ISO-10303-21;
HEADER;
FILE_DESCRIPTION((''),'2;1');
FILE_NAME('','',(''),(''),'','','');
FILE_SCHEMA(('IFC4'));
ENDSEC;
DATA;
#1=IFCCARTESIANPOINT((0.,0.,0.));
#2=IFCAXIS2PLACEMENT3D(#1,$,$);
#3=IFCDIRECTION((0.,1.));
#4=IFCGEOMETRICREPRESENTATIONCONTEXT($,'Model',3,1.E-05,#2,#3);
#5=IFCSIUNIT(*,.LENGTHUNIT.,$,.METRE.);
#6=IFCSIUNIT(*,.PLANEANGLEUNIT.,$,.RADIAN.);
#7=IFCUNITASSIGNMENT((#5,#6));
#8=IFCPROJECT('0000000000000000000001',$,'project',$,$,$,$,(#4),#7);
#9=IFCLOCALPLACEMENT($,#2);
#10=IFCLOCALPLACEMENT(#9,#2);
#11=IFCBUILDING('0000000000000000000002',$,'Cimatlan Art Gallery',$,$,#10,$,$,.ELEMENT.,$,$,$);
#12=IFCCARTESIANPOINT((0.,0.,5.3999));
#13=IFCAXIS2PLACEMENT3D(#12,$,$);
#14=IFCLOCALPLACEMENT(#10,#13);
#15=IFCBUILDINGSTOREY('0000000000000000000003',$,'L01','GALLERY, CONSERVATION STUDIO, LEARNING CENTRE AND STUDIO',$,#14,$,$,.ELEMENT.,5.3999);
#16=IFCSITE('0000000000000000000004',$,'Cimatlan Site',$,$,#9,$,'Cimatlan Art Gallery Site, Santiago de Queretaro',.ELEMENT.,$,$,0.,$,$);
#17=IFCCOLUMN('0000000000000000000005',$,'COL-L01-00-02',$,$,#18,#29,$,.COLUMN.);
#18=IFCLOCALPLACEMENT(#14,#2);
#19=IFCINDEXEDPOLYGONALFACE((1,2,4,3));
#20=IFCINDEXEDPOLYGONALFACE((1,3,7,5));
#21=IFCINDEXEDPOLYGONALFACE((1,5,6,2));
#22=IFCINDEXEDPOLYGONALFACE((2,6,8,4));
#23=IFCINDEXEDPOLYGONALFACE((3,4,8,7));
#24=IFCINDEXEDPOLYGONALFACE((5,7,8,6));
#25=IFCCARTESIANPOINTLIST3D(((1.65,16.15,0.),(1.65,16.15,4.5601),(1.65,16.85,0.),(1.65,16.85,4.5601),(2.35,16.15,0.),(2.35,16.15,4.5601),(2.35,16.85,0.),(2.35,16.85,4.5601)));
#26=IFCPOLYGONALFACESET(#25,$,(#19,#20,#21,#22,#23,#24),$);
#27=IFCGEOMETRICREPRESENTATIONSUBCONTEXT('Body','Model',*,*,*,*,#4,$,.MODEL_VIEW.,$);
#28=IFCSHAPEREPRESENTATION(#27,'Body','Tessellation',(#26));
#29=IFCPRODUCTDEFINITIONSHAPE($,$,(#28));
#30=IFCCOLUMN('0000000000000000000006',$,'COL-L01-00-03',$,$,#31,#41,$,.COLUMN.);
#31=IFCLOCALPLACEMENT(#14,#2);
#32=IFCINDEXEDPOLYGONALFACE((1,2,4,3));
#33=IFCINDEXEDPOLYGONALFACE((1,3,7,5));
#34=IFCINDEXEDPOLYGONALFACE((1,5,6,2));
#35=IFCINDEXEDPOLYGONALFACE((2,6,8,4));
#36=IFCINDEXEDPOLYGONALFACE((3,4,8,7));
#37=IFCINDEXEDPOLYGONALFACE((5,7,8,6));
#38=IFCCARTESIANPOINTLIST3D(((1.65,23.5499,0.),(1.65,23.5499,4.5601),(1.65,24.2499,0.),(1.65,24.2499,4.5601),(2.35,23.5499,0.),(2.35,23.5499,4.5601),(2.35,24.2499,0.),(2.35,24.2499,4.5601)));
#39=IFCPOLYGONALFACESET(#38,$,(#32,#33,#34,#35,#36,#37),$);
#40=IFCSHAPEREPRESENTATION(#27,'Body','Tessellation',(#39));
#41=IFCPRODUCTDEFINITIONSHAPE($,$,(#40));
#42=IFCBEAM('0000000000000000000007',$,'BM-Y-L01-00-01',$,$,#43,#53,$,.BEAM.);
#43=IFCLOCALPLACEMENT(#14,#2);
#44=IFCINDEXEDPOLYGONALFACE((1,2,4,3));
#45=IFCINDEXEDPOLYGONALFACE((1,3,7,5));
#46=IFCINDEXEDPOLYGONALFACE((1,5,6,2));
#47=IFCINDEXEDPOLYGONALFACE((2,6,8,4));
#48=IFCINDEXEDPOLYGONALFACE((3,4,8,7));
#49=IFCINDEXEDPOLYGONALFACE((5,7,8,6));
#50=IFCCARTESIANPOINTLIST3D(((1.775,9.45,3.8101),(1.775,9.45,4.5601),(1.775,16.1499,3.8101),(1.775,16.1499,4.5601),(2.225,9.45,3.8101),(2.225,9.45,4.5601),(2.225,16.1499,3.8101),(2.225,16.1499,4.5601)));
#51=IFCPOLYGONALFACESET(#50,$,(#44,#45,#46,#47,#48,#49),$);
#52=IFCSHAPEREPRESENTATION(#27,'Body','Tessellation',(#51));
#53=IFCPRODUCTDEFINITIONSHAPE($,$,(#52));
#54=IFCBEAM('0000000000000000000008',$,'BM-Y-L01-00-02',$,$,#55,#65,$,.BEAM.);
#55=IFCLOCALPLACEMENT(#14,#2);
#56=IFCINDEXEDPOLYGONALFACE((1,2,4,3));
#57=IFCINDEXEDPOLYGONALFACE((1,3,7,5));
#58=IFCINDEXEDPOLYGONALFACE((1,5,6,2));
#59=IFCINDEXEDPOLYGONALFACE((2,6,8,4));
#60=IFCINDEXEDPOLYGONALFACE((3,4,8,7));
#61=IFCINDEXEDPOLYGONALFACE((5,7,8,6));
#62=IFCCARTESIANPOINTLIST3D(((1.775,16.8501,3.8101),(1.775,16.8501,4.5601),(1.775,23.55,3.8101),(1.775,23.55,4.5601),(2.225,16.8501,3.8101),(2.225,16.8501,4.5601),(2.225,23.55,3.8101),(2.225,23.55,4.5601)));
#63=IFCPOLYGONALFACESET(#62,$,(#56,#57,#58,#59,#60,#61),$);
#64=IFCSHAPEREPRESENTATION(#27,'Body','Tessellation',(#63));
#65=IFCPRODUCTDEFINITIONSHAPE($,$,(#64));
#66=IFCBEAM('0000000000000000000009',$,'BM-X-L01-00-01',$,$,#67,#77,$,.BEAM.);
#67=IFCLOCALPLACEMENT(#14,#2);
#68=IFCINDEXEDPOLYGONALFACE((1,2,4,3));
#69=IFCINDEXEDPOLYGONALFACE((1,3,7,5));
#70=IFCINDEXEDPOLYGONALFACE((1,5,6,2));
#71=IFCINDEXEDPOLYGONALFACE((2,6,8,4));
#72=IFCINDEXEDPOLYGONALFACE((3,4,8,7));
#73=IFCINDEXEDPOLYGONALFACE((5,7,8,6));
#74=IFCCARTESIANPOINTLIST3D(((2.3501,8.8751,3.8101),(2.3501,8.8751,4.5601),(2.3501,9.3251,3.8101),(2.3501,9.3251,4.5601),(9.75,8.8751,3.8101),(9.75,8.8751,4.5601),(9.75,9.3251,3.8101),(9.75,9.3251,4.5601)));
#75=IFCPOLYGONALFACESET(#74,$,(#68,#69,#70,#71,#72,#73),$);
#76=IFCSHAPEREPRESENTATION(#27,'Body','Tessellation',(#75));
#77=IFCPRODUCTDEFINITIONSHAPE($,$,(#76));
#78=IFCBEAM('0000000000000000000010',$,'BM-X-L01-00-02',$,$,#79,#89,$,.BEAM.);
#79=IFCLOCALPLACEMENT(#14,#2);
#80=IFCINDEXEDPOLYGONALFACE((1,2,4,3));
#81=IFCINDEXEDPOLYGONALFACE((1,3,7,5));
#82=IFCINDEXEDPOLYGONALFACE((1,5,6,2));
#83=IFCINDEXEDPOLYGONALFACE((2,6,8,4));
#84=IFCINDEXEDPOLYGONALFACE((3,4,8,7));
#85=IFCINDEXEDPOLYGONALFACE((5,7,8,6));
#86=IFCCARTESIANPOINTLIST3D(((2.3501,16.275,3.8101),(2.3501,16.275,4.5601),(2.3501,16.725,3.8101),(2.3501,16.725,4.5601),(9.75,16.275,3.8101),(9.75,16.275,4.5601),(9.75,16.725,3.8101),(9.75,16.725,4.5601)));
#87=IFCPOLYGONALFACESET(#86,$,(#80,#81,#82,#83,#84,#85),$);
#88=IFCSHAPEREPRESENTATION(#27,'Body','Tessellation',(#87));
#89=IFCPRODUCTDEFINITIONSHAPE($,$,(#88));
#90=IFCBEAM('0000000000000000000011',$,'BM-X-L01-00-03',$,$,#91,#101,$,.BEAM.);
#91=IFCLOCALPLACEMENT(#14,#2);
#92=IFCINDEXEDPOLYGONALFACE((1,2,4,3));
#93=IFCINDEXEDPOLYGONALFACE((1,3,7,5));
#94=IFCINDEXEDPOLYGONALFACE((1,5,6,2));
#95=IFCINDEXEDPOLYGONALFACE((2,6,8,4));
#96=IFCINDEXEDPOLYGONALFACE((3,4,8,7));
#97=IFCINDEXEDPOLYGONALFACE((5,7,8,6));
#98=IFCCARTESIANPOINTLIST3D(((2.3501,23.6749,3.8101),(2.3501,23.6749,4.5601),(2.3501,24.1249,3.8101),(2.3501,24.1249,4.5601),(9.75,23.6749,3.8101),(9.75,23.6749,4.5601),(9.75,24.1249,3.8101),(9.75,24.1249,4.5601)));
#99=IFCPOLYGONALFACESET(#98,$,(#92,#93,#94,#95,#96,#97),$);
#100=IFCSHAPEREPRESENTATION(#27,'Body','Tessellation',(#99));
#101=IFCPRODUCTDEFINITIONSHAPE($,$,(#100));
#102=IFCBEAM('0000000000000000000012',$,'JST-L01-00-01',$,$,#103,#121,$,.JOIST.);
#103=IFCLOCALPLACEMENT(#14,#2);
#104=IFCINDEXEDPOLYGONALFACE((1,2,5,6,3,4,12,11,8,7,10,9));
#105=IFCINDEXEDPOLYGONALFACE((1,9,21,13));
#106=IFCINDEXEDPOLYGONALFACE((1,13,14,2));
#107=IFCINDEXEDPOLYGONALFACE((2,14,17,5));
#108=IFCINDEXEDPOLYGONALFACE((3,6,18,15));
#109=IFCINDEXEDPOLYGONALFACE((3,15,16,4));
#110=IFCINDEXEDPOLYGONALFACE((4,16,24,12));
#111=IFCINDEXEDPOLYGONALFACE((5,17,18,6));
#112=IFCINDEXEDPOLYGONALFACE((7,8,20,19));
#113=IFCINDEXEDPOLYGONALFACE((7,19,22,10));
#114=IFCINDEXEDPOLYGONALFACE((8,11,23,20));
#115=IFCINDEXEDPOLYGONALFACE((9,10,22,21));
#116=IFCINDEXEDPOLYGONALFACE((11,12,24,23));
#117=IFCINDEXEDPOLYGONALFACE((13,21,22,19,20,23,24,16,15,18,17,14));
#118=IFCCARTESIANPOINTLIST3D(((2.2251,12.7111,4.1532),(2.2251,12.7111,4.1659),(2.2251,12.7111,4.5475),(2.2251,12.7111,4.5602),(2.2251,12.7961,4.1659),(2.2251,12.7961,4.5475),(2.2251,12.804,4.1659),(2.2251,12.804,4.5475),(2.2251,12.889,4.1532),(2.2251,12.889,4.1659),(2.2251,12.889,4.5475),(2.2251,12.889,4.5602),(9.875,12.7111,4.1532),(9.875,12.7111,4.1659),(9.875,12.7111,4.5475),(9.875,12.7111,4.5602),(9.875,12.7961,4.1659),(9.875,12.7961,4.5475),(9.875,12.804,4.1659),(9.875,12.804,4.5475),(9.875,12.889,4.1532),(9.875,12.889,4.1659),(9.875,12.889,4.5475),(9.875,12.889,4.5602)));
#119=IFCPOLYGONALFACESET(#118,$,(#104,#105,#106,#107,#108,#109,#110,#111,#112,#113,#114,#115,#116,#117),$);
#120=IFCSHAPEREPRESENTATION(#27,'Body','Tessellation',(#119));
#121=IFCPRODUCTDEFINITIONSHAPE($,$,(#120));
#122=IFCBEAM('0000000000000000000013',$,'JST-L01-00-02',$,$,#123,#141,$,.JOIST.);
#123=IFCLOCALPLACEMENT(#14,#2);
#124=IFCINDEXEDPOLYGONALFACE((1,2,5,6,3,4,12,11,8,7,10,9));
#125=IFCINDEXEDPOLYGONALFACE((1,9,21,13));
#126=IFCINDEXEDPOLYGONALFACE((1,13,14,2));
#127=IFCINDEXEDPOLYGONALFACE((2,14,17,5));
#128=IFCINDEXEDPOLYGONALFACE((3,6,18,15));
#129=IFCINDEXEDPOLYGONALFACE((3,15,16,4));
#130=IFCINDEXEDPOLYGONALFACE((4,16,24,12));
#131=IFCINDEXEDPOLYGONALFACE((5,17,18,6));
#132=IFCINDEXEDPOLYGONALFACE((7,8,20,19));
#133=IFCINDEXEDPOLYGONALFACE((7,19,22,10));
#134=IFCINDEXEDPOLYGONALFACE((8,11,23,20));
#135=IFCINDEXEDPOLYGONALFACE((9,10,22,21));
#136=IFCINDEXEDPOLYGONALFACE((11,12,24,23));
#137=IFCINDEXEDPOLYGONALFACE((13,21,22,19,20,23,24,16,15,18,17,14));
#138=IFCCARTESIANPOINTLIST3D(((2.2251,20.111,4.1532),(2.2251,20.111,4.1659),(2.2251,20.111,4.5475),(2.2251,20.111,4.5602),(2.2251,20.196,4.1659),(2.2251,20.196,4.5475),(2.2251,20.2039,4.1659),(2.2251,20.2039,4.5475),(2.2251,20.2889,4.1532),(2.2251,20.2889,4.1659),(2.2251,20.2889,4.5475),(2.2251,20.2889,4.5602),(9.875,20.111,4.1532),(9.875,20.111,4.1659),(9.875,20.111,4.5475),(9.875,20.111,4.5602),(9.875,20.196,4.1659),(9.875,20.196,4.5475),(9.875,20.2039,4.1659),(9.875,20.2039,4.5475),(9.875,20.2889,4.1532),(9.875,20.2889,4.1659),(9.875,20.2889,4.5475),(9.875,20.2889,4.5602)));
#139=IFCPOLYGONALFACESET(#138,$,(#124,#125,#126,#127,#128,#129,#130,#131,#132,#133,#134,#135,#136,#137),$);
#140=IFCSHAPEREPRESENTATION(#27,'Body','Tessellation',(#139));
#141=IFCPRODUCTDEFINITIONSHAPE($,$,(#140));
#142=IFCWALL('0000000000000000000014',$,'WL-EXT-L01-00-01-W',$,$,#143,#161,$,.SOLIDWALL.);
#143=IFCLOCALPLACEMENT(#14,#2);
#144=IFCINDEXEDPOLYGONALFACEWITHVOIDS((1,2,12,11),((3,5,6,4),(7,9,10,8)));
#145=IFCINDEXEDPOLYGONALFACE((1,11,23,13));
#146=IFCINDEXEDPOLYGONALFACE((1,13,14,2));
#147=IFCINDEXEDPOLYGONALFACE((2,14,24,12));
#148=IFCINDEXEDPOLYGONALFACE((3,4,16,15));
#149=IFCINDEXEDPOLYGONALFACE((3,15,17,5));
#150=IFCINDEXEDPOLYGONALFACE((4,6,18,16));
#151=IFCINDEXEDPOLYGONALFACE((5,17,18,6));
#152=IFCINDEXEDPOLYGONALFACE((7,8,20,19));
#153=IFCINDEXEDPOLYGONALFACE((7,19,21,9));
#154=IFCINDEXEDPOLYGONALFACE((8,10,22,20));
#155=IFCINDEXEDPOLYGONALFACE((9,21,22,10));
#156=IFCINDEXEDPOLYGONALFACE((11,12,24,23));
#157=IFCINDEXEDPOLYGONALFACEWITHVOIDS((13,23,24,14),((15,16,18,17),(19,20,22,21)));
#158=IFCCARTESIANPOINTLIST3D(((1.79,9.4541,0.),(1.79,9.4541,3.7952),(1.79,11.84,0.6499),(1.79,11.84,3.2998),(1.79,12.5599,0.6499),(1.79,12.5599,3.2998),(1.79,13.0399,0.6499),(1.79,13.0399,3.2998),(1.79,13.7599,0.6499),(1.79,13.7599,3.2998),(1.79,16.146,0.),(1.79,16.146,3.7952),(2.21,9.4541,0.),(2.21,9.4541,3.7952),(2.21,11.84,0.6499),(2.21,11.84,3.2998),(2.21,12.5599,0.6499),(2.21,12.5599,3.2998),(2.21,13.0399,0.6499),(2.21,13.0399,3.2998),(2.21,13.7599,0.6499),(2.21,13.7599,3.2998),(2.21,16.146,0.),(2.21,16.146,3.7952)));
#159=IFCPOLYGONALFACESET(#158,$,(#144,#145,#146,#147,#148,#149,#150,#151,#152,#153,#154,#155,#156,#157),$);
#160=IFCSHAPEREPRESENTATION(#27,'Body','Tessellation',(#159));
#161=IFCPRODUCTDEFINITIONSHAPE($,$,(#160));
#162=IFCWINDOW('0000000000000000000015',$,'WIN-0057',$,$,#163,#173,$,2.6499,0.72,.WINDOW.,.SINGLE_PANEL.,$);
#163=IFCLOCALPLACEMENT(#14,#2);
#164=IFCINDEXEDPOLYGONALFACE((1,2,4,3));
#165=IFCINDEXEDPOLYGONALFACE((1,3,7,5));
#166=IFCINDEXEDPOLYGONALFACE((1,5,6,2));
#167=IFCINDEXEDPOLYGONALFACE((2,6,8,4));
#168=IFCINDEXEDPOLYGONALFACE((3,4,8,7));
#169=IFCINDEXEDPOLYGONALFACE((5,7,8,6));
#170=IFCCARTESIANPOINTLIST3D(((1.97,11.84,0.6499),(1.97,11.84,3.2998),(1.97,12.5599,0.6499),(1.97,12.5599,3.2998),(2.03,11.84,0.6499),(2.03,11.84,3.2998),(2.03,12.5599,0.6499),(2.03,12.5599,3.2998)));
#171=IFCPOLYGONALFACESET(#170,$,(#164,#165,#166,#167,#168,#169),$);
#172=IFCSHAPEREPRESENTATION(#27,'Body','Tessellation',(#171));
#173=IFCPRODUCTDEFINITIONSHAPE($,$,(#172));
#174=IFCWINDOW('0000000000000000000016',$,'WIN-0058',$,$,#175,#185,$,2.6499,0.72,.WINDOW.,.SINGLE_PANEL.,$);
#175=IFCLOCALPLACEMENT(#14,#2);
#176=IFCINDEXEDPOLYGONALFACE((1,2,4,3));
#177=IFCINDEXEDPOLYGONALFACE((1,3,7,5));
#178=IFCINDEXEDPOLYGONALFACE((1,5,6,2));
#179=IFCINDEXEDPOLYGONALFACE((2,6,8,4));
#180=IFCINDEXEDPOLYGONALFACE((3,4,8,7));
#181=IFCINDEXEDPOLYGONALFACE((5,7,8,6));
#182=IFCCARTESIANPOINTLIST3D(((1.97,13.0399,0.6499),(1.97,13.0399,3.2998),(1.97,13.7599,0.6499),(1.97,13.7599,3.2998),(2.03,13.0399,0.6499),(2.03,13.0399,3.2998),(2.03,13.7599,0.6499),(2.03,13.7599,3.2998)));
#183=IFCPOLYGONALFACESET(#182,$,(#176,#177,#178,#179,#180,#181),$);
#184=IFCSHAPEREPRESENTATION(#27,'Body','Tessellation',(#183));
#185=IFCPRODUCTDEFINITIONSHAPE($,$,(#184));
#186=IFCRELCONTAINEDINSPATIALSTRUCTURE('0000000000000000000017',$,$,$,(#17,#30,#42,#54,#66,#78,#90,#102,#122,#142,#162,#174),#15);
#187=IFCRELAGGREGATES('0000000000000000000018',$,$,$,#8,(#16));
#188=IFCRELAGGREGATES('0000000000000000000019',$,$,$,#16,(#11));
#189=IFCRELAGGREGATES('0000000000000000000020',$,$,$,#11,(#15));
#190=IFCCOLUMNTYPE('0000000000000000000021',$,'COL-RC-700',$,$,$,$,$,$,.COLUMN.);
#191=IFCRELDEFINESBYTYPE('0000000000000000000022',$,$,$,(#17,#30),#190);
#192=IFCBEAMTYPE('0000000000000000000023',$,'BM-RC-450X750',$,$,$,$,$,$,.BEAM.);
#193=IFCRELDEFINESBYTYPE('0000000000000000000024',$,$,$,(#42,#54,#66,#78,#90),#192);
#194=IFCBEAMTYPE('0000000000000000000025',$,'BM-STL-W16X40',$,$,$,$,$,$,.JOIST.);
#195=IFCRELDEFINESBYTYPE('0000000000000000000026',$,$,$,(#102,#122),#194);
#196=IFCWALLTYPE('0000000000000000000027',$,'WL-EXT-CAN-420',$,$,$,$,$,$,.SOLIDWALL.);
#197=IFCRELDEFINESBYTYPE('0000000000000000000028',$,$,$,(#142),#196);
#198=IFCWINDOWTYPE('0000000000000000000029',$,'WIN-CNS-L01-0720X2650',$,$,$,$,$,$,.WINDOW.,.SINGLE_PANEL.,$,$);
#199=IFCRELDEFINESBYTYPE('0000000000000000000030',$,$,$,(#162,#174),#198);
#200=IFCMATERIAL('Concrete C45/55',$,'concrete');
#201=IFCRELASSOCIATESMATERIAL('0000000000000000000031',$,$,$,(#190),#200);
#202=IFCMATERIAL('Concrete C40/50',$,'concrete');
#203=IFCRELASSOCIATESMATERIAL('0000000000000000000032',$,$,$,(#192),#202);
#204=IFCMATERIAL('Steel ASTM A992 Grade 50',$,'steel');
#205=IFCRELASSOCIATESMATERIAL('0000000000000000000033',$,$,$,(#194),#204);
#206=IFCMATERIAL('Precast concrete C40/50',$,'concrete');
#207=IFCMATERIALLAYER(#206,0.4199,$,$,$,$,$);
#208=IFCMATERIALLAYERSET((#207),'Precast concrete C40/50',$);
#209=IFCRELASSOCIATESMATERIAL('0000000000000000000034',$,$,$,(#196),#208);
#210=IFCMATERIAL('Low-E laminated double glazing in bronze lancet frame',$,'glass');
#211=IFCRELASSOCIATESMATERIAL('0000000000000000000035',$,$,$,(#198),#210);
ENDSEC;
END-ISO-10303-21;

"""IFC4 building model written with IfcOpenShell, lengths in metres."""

from ifc_helpers import new_model, si_unit, direction, frame, frame_2d, origin, origin_2d, place, context, subcontext, project, spatial, rectangle, i_section, extrude, material, layer, layer_set, material_profile, profile_set, type_object, element, fill, save


model = new_model("IFC4")

# Units and contexts
model_context = context("Model", 3, precision=1e-05, world=origin(), true_north=direction((0.0, 1.0)))
body_context = subcontext(model_context, "Body", "Model", "MODEL_VIEW")
ifc_project = project(units=[si_unit("LENGTHUNIT", "METRE"), si_unit("PLANEANGLEUNIT", "RADIAN")], contexts=[model_context])

# Site, building, storey
site_placement = place(None, origin())
site = spatial("IfcSite", under=ifc_project, at=site_placement, Name="Cimatlan Site", LongName="Cimatlan Art Gallery Site, Santiago de Queretaro", CompositionType="ELEMENT", RefElevation=0.0)
building_placement = place(site_placement, origin())
building = spatial("IfcBuilding", under=site, at=building_placement, Name="Cimatlan Art Gallery", CompositionType="ELEMENT")
storey_placement = place(building_placement, frame((0.0, 0.0, 5.3999)))
storey = spatial("IfcBuildingStorey", under=building, at=storey_placement, Name="L01", Description="GALLERY, CONSERVATION STUDIO, LEARNING CENTRE AND STUDIO", CompositionType="ELEMENT", Elevation=5.3999)

# Columns
ifc_material_1 = material(Name="Concrete C45/55", Category="concrete")
ifc_material_profile_1 = material_profile(ifc_material_1, rectangle(XDim=0.7, YDim=0.7, at=origin_2d()), Name="RC700X700")
ifc_profile_set_1 = profile_set([ifc_material_profile_1], Name="Concrete C45/55")
column_type = type_object("IfcColumnType", Name="COL-RC-700", PredefinedType="COLUMN", material=ifc_profile_set_1)
for number, where, z_axis, x_axis, name in (
    (1, (2.0, 16.5, 0.0), (0.0, 0.0, 1.0), (1.0, 0.0, 0.0), "COL-L01-00-02"),
    (2, (2.0, 23.8999, 0.0), (0.0, 0.0, 1.0), (1.0, 0.0, 0.0), "COL-L01-00-03"),
):
    element("IfcColumn", number, at=place(storey_placement, frame(where, z_axis=z_axis, x_axis=x_axis)), inside=storey, type_object=column_type, Name=name, PredefinedType="COLUMN", context=body_context, shape_type="SweptSolid", body=[
        extrude(rectangle(XDim=0.7, YDim=0.7, at=origin_2d()), origin(), (0.0, 0.0, 1.0), 4.5601),
    ])

# Beams
ifc_material_2 = material(Name="Concrete C40/50", Category="concrete")
ifc_material_profile_2 = material_profile(ifc_material_2, rectangle(XDim=0.45, YDim=0.75, at=origin_2d()), Name="RC450X750")
ifc_profile_set_2 = profile_set([ifc_material_profile_2], Name="Concrete C40/50")
beam_type_1 = type_object("IfcBeamType", Name="BM-RC-450X750", PredefinedType="BEAM", material=ifc_profile_set_2)
for number, where, z_axis, x_axis, name in (
    (3, (2.0, 9.45, 4.1851), (0.0, 1.0, 0.0), (-1.0, 0.0, 0.0), "BM-Y-L01-00-01"),
    (4, (2.0, 16.8501, 4.1851), (0.0, 1.0, 0.0), (-1.0, 0.0, 0.0), "BM-Y-L01-00-02"),
):
    element("IfcBeam", number, at=place(storey_placement, frame(where, z_axis=z_axis, x_axis=x_axis)), inside=storey, type_object=beam_type_1, Name=name, PredefinedType="BEAM", context=body_context, shape_type="SweptSolid", body=[
        extrude(rectangle(XDim=0.45, YDim=0.75, at=origin_2d()), origin(), (0.0, 0.0, 1.0), 6.7),
    ])
for number, where, z_axis, x_axis, name in (
    (5, (2.3501, 9.1001, 4.1851), (1.0, 0.0, 0.0), (0.0, 1.0, 0.0), "BM-X-L01-00-01"),
    (6, (2.3501, 16.5, 4.1851), (1.0, 0.0, 0.0), (0.0, 1.0, 0.0), "BM-X-L01-00-02"),
    (7, (2.3501, 23.8999, 4.1851), (1.0, 0.0, 0.0), (0.0, 1.0, 0.0), "BM-X-L01-00-03"),
):
    element("IfcBeam", number, at=place(storey_placement, frame(where, z_axis=z_axis, x_axis=x_axis)), inside=storey, type_object=beam_type_1, Name=name, PredefinedType="BEAM", context=body_context, shape_type="SweptSolid", body=[
        extrude(rectangle(XDim=0.45, YDim=0.75, at=origin_2d()), origin(), (0.0, 0.0, 1.0), 7.3999),
    ])
ifc_material_3 = material(Name="Steel ASTM A992 Grade 50", Category="steel")
ifc_material_profile_3 = material_profile(ifc_material_3, i_section(OverallWidth=0.178, OverallDepth=0.407, WebThickness=0.0078, FlangeThickness=0.0127, at=origin_2d()), Name="W16X40")
ifc_profile_set_3 = profile_set([ifc_material_profile_3], Name="Steel ASTM A992 Grade 50")
beam_type_2 = type_object("IfcBeamType", Name="BM-STL-W16X40", PredefinedType="JOIST", material=ifc_profile_set_3)
for number, where, z_axis, x_axis, name in (
    (8, (2.2251, 12.8, 4.3567), (1.0, 0.0, 0.0), (0.0, 1.0, 0.0), "JST-L01-00-01"),
    (9, (2.2251, 20.2, 4.3567), (1.0, 0.0, 0.0), (0.0, 1.0, 0.0), "JST-L01-00-02"),
):
    element("IfcBeam", number, at=place(storey_placement, frame(where, z_axis=z_axis, x_axis=x_axis)), inside=storey, type_object=beam_type_2, Name=name, PredefinedType="JOIST", context=body_context, shape_type="SweptSolid", body=[
        extrude(i_section(OverallWidth=0.178, OverallDepth=0.407, WebThickness=0.0078, FlangeThickness=0.0127, at=origin_2d()), origin(), (0.0, 0.0, 1.0), 7.6499),
    ])

# Wall, openings, windows
ifc_material_4 = material(Name="Precast concrete C40/50", Category="concrete")
ifc_layer_1 = layer(ifc_material_4, 0.4199)
ifc_layer_set_1 = layer_set([ifc_layer_1], Name="Precast concrete C40/50")
wall_type = type_object("IfcWallType", Name="WL-EXT-CAN-420", PredefinedType="SOLIDWALL", material=ifc_layer_set_1)
wall_1_placement = place(storey_placement, frame((2.0, 9.4541, 0.0), z_axis=(0.0, 0.0, 1.0), x_axis=(0.0, 1.0, 0.0)))
wall_1 = element("IfcWall", 10, at=wall_1_placement, inside=storey, type_object=wall_type, Name="WL-EXT-L01-00-01-W", PredefinedType="SOLIDWALL", context=body_context, shape_type="SweptSolid", body=[
    extrude(rectangle(XDim=6.6919, YDim=0.4199, at=frame_2d((3.3459, 0.0))), origin(), (0.0, 0.0, 1.0), 3.7952),
])
opening_1_placement = place(wall_1_placement, frame((2.386, 0.0, 0.6499)))
opening_1 = element("IfcOpeningElement", 11, at=opening_1_placement, cuts=wall_1, PredefinedType="OPENING", context=body_context, shape_type="SweptSolid", body=[
    extrude(rectangle(XDim=0.72, YDim=2.6499, at=frame_2d((0.3599, 1.325))), frame((0.0, 0.22, 0.0), z_axis=(0.0, -1.0, 0.0), x_axis=(1.0, 0.0, 0.0)), (0.0, 0.0, 1.0), 0.4399),
])
opening_2_placement = place(wall_1_placement, frame((3.5859, 0.0, 0.6499)))
opening_2 = element("IfcOpeningElement", 12, at=opening_2_placement, cuts=wall_1, PredefinedType="OPENING", context=body_context, shape_type="SweptSolid", body=[
    extrude(rectangle(XDim=0.72, YDim=2.6499, at=frame_2d((0.3599, 1.325))), frame((0.0, 0.22, 0.0), z_axis=(0.0, -1.0, 0.0), x_axis=(1.0, 0.0, 0.0)), (0.0, 0.0, 1.0), 0.4399),
])
ifc_material_5 = material(Name="Low-E laminated double glazing in bronze lancet frame", Category="glass")
window_type = type_object("IfcWindowType", Name="WIN-CNS-L01-0720X2650", PartitioningType="SINGLE_PANEL", PredefinedType="WINDOW", material=ifc_material_5)
window_1_placement = place(opening_1_placement, origin())
window_1 = element("IfcWindow", 13, at=window_1_placement, inside=storey, type_object=window_type, Name="WIN-0057", OverallHeight=2.6499, OverallWidth=0.72, PartitioningType="SINGLE_PANEL", PredefinedType="WINDOW", context=body_context, shape_type="SweptSolid", body=[
    extrude(rectangle(XDim=0.72, YDim=2.6499, at=frame_2d((0.3599, 1.325))), frame((0.0, 0.03, 0.0), z_axis=(0.0, -1.0, 0.0), x_axis=(1.0, 0.0, 0.0)), (0.0, 0.0, 1.0), 0.0601),
])
fill(opening_1, window_1)
window_2_placement = place(opening_2_placement, origin())
window_2 = element("IfcWindow", 14, at=window_2_placement, inside=storey, type_object=window_type, Name="WIN-0058", OverallHeight=2.6499, OverallWidth=0.72, PartitioningType="SINGLE_PANEL", PredefinedType="WINDOW", context=body_context, shape_type="SweptSolid", body=[
    extrude(rectangle(XDim=0.72, YDim=2.6499, at=frame_2d((0.3599, 1.325))), frame((0.0, 0.03, 0.0), z_axis=(0.0, -1.0, 0.0), x_axis=(1.0, 0.0, 0.0)), (0.0, 0.0, 1.0), 0.0601),
])
fill(opening_2, window_2)

save(model, "model.ifc")
